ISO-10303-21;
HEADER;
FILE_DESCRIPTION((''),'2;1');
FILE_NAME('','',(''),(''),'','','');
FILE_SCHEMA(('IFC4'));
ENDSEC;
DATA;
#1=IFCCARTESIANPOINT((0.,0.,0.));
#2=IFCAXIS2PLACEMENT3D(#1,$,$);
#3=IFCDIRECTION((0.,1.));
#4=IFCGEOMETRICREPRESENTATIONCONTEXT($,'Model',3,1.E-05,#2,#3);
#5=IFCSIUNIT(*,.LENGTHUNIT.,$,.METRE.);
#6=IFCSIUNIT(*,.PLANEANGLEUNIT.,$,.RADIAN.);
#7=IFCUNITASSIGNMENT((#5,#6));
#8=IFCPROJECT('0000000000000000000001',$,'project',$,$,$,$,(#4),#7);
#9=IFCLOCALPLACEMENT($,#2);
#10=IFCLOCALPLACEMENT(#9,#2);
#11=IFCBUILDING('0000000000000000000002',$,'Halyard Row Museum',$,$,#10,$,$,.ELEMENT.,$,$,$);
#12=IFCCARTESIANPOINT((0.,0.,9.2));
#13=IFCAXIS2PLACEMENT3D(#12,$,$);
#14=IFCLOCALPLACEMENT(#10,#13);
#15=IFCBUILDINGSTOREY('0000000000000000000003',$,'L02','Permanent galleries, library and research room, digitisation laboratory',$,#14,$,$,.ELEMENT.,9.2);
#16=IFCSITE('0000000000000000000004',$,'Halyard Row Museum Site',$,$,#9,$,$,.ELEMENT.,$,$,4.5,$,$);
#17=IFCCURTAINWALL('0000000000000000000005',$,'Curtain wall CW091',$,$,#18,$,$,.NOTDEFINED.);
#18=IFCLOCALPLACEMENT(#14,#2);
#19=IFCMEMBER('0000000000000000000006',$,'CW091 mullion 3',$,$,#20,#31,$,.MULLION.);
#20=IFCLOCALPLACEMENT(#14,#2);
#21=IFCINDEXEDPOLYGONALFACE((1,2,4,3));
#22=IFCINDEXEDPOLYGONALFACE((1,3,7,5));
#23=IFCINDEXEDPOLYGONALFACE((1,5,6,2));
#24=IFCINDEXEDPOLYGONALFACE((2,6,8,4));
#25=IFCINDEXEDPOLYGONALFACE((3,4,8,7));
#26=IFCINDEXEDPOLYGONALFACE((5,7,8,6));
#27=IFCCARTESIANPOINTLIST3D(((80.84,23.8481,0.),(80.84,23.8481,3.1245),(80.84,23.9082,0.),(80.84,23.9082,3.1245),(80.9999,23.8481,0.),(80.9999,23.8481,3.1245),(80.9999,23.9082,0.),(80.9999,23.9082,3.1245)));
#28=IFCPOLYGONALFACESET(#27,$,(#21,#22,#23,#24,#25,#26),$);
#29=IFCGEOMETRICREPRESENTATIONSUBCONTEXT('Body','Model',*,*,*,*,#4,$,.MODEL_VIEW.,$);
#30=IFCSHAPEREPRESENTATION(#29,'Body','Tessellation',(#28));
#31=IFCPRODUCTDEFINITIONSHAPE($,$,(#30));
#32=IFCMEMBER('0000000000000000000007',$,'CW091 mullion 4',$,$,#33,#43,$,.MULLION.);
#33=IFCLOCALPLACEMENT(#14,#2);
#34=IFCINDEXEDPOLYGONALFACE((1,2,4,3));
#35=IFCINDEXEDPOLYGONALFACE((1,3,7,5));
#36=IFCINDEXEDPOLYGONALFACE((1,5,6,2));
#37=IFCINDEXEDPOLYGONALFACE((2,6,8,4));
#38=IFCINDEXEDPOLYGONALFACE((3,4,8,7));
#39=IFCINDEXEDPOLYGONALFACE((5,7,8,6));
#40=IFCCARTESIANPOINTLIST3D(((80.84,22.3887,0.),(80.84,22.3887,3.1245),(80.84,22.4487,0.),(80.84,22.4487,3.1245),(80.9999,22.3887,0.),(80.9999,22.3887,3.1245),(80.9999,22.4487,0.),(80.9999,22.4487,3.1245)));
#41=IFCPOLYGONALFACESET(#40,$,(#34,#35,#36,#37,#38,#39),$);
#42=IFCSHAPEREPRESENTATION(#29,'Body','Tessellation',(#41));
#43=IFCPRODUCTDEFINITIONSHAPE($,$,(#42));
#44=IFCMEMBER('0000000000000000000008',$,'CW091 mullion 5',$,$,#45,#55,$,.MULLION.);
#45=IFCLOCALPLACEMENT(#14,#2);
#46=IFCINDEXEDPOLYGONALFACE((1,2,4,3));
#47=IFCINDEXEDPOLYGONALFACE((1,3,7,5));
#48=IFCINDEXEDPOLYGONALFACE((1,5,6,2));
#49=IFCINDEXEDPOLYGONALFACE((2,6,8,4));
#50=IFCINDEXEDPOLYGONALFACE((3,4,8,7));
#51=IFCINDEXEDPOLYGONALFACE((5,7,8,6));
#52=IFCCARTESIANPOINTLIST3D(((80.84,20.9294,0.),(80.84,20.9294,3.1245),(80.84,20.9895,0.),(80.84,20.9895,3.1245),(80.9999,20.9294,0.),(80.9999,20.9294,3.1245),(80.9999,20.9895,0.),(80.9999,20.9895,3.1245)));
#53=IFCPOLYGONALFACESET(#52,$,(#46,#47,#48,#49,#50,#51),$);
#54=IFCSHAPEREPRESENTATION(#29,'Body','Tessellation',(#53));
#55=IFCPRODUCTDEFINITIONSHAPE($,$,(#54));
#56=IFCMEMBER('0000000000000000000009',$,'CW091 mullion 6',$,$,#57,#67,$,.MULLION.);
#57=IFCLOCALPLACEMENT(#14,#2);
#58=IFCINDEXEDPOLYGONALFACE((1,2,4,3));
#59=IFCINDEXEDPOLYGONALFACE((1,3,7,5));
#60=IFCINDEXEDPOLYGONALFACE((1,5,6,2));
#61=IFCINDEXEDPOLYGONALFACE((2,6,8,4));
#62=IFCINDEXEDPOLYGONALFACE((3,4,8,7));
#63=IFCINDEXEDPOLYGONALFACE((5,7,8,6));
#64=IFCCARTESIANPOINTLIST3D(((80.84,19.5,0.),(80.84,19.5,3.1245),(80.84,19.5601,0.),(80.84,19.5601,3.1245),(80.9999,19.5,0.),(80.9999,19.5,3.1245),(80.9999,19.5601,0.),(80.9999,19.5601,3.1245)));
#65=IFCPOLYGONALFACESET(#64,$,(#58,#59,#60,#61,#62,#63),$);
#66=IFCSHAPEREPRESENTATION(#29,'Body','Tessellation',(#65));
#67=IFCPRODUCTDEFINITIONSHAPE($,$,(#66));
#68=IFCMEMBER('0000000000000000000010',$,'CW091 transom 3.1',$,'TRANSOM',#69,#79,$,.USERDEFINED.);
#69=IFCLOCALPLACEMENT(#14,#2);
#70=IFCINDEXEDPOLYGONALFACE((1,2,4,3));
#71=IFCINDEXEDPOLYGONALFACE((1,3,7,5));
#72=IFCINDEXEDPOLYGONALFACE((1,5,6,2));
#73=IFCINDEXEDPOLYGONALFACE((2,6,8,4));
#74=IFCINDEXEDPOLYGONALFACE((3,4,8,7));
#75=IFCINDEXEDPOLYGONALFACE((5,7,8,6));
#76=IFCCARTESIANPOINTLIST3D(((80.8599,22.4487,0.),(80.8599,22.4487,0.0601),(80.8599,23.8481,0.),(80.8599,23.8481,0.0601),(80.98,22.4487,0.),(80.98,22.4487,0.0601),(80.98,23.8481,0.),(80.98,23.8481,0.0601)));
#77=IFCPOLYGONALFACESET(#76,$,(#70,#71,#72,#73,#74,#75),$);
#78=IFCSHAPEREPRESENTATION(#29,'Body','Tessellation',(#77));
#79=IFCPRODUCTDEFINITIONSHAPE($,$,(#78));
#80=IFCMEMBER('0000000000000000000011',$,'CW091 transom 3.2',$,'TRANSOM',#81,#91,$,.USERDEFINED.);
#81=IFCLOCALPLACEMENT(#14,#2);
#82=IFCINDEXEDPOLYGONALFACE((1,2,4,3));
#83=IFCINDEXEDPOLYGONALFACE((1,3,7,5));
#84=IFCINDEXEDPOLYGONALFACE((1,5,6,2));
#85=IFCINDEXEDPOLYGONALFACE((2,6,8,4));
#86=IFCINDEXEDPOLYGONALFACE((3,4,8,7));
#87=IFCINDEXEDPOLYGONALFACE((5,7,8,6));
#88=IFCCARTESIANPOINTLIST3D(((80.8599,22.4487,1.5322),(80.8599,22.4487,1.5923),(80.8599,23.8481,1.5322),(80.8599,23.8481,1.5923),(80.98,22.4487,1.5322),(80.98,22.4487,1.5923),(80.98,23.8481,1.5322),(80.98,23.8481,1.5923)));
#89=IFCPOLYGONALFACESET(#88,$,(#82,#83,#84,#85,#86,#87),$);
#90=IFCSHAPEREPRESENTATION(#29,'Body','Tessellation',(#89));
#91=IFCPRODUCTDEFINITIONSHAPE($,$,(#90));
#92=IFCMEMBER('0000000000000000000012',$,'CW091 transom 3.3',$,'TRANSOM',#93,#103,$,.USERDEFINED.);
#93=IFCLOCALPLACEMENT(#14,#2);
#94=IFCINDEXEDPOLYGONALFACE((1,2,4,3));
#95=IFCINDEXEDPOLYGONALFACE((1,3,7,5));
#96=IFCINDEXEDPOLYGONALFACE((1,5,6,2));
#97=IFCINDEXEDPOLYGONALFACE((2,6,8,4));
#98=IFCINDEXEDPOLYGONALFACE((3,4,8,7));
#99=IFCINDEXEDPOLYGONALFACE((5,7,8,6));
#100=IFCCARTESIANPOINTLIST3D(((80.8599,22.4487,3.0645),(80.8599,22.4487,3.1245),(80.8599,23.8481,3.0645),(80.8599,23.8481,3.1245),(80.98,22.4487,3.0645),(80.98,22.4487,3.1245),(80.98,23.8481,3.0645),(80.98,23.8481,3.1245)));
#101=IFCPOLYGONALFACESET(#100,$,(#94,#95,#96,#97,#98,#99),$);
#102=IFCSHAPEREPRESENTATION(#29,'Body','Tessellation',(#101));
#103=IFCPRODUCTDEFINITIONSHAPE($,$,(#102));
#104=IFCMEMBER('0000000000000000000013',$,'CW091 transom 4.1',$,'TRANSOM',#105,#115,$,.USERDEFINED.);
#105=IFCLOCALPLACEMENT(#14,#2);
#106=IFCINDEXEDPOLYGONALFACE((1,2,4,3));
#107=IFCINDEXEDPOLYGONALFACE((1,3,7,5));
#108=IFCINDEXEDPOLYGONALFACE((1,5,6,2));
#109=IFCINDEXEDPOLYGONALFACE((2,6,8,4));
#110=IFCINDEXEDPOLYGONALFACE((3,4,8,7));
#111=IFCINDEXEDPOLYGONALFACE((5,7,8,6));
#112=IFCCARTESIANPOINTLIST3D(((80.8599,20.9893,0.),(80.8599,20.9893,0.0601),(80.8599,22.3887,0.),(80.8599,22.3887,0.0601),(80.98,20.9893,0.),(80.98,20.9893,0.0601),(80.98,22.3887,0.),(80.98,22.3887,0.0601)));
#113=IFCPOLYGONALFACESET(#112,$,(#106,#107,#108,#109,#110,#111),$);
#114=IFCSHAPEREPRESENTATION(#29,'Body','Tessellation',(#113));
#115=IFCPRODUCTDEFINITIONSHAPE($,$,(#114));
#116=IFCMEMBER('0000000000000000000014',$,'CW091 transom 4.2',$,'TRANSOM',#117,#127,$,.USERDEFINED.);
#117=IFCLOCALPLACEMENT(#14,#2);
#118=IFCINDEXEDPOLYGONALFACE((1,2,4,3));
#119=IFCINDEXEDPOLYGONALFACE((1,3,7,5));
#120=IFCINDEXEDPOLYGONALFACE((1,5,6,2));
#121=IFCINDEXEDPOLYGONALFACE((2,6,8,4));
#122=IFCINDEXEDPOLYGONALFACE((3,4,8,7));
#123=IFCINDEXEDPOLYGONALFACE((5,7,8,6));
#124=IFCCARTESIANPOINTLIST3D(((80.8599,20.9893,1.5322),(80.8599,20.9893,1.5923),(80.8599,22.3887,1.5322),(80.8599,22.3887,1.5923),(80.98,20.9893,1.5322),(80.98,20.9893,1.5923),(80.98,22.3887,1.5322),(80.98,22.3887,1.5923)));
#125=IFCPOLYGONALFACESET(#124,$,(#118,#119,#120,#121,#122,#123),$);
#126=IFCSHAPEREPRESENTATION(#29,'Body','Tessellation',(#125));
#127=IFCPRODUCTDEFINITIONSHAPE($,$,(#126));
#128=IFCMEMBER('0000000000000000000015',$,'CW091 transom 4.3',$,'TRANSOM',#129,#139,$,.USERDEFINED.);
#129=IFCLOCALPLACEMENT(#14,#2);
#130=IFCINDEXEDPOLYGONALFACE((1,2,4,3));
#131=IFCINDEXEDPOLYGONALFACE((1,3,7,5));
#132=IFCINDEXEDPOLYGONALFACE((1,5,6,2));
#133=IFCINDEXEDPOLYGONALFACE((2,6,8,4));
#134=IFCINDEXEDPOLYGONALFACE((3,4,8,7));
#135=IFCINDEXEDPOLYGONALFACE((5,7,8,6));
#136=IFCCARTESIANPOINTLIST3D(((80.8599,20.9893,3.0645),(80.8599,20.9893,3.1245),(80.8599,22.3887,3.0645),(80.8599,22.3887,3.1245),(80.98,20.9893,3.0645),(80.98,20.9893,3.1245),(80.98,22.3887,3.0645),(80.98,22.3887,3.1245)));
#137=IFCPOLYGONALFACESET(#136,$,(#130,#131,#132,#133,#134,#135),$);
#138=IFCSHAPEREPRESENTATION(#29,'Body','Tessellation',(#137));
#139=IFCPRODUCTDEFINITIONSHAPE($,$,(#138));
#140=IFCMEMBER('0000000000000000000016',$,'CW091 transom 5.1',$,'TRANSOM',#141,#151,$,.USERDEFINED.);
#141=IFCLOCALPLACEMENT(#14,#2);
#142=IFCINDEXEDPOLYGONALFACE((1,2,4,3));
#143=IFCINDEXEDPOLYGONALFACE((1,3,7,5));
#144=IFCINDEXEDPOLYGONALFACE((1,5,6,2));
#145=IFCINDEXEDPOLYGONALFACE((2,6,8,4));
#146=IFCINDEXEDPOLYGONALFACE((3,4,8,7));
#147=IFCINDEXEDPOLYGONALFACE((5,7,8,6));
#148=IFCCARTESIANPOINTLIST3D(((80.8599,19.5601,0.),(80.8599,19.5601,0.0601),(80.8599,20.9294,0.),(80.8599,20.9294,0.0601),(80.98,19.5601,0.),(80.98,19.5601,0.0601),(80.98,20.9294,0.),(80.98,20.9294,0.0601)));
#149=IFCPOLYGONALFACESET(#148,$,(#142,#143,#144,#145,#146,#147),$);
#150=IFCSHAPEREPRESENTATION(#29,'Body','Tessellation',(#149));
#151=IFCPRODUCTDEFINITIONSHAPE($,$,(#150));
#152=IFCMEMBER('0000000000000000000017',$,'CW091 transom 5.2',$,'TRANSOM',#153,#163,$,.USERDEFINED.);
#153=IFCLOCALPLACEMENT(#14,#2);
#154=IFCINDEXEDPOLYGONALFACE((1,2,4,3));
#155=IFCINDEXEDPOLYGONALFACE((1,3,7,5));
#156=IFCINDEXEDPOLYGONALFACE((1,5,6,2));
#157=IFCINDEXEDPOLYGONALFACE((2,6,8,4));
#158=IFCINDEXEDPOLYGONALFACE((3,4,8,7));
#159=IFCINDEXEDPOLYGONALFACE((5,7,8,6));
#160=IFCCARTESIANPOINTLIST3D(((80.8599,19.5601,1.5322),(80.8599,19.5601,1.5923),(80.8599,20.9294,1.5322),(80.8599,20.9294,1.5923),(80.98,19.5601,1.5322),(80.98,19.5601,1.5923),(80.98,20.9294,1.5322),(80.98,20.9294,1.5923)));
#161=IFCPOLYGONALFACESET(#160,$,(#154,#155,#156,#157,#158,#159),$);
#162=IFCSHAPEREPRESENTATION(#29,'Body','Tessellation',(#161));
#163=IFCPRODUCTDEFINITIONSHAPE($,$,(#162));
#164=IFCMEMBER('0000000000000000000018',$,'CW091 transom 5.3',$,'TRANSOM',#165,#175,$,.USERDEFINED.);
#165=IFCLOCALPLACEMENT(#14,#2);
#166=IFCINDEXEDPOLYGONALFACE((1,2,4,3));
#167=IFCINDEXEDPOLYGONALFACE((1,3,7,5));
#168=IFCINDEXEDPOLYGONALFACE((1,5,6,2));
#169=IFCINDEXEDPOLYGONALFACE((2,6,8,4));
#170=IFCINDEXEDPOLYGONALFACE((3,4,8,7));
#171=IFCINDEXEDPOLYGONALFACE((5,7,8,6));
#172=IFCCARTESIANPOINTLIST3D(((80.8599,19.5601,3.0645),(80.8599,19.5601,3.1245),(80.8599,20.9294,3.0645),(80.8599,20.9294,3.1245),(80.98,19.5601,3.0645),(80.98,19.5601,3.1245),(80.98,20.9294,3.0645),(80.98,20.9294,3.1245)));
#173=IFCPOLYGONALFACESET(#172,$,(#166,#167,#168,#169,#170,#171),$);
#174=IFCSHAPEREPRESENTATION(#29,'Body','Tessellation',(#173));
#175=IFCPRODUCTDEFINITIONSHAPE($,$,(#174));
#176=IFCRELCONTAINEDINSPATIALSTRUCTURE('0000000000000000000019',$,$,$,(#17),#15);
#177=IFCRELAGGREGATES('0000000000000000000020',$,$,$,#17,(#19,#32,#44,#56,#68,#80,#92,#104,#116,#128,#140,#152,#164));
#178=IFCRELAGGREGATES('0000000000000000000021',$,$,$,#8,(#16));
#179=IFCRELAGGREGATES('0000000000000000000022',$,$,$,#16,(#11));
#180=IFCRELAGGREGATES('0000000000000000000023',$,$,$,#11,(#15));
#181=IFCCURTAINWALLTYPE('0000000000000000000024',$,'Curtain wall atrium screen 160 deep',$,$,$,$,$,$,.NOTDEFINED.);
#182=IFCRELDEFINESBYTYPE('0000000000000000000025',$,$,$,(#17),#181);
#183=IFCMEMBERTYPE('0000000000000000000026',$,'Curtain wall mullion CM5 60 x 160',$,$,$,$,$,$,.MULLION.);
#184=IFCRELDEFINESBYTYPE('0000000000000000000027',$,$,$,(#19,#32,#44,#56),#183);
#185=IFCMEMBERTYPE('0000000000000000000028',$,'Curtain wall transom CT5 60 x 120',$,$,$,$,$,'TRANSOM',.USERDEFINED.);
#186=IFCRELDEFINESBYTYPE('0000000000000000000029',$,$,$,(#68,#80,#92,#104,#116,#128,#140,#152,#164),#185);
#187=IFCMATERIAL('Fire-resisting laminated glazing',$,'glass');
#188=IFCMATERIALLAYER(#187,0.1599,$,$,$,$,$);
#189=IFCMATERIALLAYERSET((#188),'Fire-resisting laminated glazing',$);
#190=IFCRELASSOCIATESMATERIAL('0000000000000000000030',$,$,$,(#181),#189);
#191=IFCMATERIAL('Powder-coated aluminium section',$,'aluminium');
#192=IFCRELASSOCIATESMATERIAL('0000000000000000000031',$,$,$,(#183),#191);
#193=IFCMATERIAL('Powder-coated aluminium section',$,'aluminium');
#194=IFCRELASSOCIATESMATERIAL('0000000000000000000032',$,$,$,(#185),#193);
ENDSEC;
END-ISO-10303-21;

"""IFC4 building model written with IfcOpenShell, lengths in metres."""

from ifc_helpers import new_model, si_unit, direction, frame, origin, origin_2d, place, context, subcontext, project, spatial, rectangle, extrude, material, layer, layer_set, material_profile, profile_set, type_object, element, aggregate, save


model = new_model("IFC4")

# Units and contexts
model_context = context("Model", 3, precision=1e-05, world=origin(), true_north=direction((0.0, 1.0)))
body_context = subcontext(model_context, "Body", "Model", "MODEL_VIEW")
ifc_project = project(units=[si_unit("LENGTHUNIT", "METRE"), si_unit("PLANEANGLEUNIT", "RADIAN")], contexts=[model_context])

# Site, building, storey
site_placement = place(None, origin())
site = spatial("IfcSite", under=ifc_project, at=site_placement, Name="Halyard Row Museum Site", CompositionType="ELEMENT", RefElevation=4.5)
building_placement = place(site_placement, origin())
building = spatial("IfcBuilding", under=site, at=building_placement, Name="Halyard Row Museum", CompositionType="ELEMENT")
storey_placement = place(building_placement, frame((0.0, 0.0, 9.2)))
storey = spatial("IfcBuildingStorey", under=building, at=storey_placement, Name="L02", Description="Permanent galleries, library and research room, digitisation laboratory", CompositionType="ELEMENT", Elevation=9.2)

# Curtain wall, members
ifc_material_1 = material(Name="Fire-resisting laminated glazing", Category="glass")
ifc_layer_1 = layer(ifc_material_1, 0.1599)
ifc_layer_set_1 = layer_set([ifc_layer_1], Name="Fire-resisting laminated glazing")
curtain_wall_type = type_object("IfcCurtainWallType", Name="Curtain wall atrium screen 160 deep", PredefinedType="NOTDEFINED", material=ifc_layer_set_1)
curtain_wall_placement = place(storey_placement, origin())
curtain_wall = element("IfcCurtainWall", 1, at=curtain_wall_placement, inside=storey, type_object=curtain_wall_type, Name="Curtain wall CW091", PredefinedType="NOTDEFINED")
ifc_material_2 = material(Name="Powder-coated aluminium section", Category="aluminium")
ifc_material_profile_1 = material_profile(ifc_material_2, rectangle(XDim=0.1599, YDim=0.0601, at=origin_2d()), Name="160x60 mullion")
ifc_profile_set_1 = profile_set([ifc_material_profile_1], Name="Powder-coated aluminium section")
member_type_1 = type_object("IfcMemberType", Name="Curtain wall mullion CM5 60 x 160", PredefinedType="MULLION", material=ifc_profile_set_1)
member_1_placement = place(storey_placement, frame((80.9199, 23.8782, 0.0), z_axis=(0.0, 0.0, 1.0), x_axis=(1.0, 0.0, 0.0)))
member_1 = element("IfcMember", 2, at=member_1_placement, type_object=member_type_1, Name="CW091 mullion 3", PredefinedType="MULLION", context=body_context, shape_type="SweptSolid", body=[
    extrude(rectangle(XDim=0.1599, YDim=0.0601, at=origin_2d()), origin(), (0.0, 0.0, 1.0), 3.1245),
])
member_2_placement = place(storey_placement, frame((80.9199, 22.4187, 0.0), z_axis=(0.0, 0.0, 1.0), x_axis=(1.0, 0.0, 0.0)))
member_2 = element("IfcMember", 3, at=member_2_placement, type_object=member_type_1, Name="CW091 mullion 4", PredefinedType="MULLION", context=body_context, shape_type="SweptSolid", body=[
    extrude(rectangle(XDim=0.1599, YDim=0.0601, at=origin_2d()), origin(), (0.0, 0.0, 1.0), 3.1245),
])
member_3_placement = place(storey_placement, frame((80.9199, 20.9595, 0.0), z_axis=(0.0, 0.0, 1.0), x_axis=(1.0, 0.0, 0.0)))
member_3 = element("IfcMember", 4, at=member_3_placement, type_object=member_type_1, Name="CW091 mullion 5", PredefinedType="MULLION", context=body_context, shape_type="SweptSolid", body=[
    extrude(rectangle(XDim=0.1599, YDim=0.0601, at=origin_2d()), origin(), (0.0, 0.0, 1.0), 3.1245),
])
member_4_placement = place(storey_placement, frame((80.9199, 19.53, 0.0), z_axis=(0.0, 0.0, 1.0), x_axis=(1.0, 0.0, 0.0)))
member_4 = element("IfcMember", 5, at=member_4_placement, type_object=member_type_1, Name="CW091 mullion 6", PredefinedType="MULLION", context=body_context, shape_type="SweptSolid", body=[
    extrude(rectangle(XDim=0.1599, YDim=0.0601, at=origin_2d()), origin(), (0.0, 0.0, 1.0), 3.1245),
])
ifc_material_3 = material(Name="Powder-coated aluminium section", Category="aluminium")
ifc_material_profile_2 = material_profile(ifc_material_3, rectangle(XDim=0.1201, YDim=0.0601, at=origin_2d()), Name="120x60 transom")
ifc_profile_set_2 = profile_set([ifc_material_profile_2], Name="Powder-coated aluminium section")
member_type_2 = type_object("IfcMemberType", Name="Curtain wall transom CT5 60 x 120", ElementType="TRANSOM", PredefinedType="USERDEFINED", material=ifc_profile_set_2)
member_5_placement = place(storey_placement, frame((80.9199, 23.8481, 0.03), z_axis=(0.0, -1.0, 0.0), x_axis=(1.0, 0.0, 0.0)))
member_5 = element("IfcMember", 6, at=member_5_placement, type_object=member_type_2, Name="CW091 transom 3.1", ObjectType="TRANSOM", PredefinedType="USERDEFINED", context=body_context, shape_type="SweptSolid", body=[
    extrude(rectangle(XDim=0.1201, YDim=0.0601, at=origin_2d()), origin(), (0.0, 0.0, 1.0), 1.3994),
])
member_6_placement = place(storey_placement, frame((80.9199, 23.8481, 1.5623), z_axis=(0.0, -1.0, 0.0), x_axis=(1.0, 0.0, 0.0)))
member_6 = element("IfcMember", 7, at=member_6_placement, type_object=member_type_2, Name="CW091 transom 3.2", ObjectType="TRANSOM", PredefinedType="USERDEFINED", context=body_context, shape_type="SweptSolid", body=[
    extrude(rectangle(XDim=0.1201, YDim=0.0601, at=origin_2d()), origin(), (0.0, 0.0, 1.0), 1.3994),
])
member_7_placement = place(storey_placement, frame((80.9199, 23.8481, 3.0945), z_axis=(0.0, -1.0, 0.0), x_axis=(1.0, 0.0, 0.0)))
member_7 = element("IfcMember", 8, at=member_7_placement, type_object=member_type_2, Name="CW091 transom 3.3", ObjectType="TRANSOM", PredefinedType="USERDEFINED", context=body_context, shape_type="SweptSolid", body=[
    extrude(rectangle(XDim=0.1201, YDim=0.0601, at=origin_2d()), origin(), (0.0, 0.0, 1.0), 1.3994),
])
member_8_placement = place(storey_placement, frame((80.9199, 22.3887, 0.03), z_axis=(0.0, -1.0, 0.0), x_axis=(1.0, 0.0, 0.0)))
member_8 = element("IfcMember", 9, at=member_8_placement, type_object=member_type_2, Name="CW091 transom 4.1", ObjectType="TRANSOM", PredefinedType="USERDEFINED", context=body_context, shape_type="SweptSolid", body=[
    extrude(rectangle(XDim=0.1201, YDim=0.0601, at=origin_2d()), origin(), (0.0, 0.0, 1.0), 1.3994),
])
member_9_placement = place(storey_placement, frame((80.9199, 22.3887, 1.5623), z_axis=(0.0, -1.0, 0.0), x_axis=(1.0, 0.0, 0.0)))
member_9 = element("IfcMember", 10, at=member_9_placement, type_object=member_type_2, Name="CW091 transom 4.2", ObjectType="TRANSOM", PredefinedType="USERDEFINED", context=body_context, shape_type="SweptSolid", body=[
    extrude(rectangle(XDim=0.1201, YDim=0.0601, at=origin_2d()), origin(), (0.0, 0.0, 1.0), 1.3994),
])
member_10_placement = place(storey_placement, frame((80.9199, 22.3887, 3.0945), z_axis=(0.0, -1.0, 0.0), x_axis=(1.0, 0.0, 0.0)))
member_10 = element("IfcMember", 11, at=member_10_placement, type_object=member_type_2, Name="CW091 transom 4.3", ObjectType="TRANSOM", PredefinedType="USERDEFINED", context=body_context, shape_type="SweptSolid", body=[
    extrude(rectangle(XDim=0.1201, YDim=0.0601, at=origin_2d()), origin(), (0.0, 0.0, 1.0), 1.3994),
])
member_11_placement = place(storey_placement, frame((80.9199, 20.9294, 0.03), z_axis=(0.0, -1.0, 0.0), x_axis=(1.0, 0.0, 0.0)))
member_11 = element("IfcMember", 12, at=member_11_placement, type_object=member_type_2, Name="CW091 transom 5.1", ObjectType="TRANSOM", PredefinedType="USERDEFINED", context=body_context, shape_type="SweptSolid", body=[
    extrude(rectangle(XDim=0.1201, YDim=0.0601, at=origin_2d()), origin(), (0.0, 0.0, 1.0), 1.3694),
])
member_12_placement = place(storey_placement, frame((80.9199, 20.9294, 1.5623), z_axis=(0.0, -1.0, 0.0), x_axis=(1.0, 0.0, 0.0)))
member_12 = element("IfcMember", 13, at=member_12_placement, type_object=member_type_2, Name="CW091 transom 5.2", ObjectType="TRANSOM", PredefinedType="USERDEFINED", context=body_context, shape_type="SweptSolid", body=[
    extrude(rectangle(XDim=0.1201, YDim=0.0601, at=origin_2d()), origin(), (0.0, 0.0, 1.0), 1.3694),
])
member_13_placement = place(storey_placement, frame((80.9199, 20.9294, 3.0945), z_axis=(0.0, -1.0, 0.0), x_axis=(1.0, 0.0, 0.0)))
member_13 = element("IfcMember", 14, at=member_13_placement, type_object=member_type_2, Name="CW091 transom 5.3", ObjectType="TRANSOM", PredefinedType="USERDEFINED", context=body_context, shape_type="SweptSolid", body=[
    extrude(rectangle(XDim=0.1201, YDim=0.0601, at=origin_2d()), origin(), (0.0, 0.0, 1.0), 1.3694),
])

aggregate(curtain_wall, [member_1, member_2, member_3, member_4, member_5, member_6, member_7, member_8, member_9, member_10, member_11, member_12, member_13])

save(model, "model.ifc")
